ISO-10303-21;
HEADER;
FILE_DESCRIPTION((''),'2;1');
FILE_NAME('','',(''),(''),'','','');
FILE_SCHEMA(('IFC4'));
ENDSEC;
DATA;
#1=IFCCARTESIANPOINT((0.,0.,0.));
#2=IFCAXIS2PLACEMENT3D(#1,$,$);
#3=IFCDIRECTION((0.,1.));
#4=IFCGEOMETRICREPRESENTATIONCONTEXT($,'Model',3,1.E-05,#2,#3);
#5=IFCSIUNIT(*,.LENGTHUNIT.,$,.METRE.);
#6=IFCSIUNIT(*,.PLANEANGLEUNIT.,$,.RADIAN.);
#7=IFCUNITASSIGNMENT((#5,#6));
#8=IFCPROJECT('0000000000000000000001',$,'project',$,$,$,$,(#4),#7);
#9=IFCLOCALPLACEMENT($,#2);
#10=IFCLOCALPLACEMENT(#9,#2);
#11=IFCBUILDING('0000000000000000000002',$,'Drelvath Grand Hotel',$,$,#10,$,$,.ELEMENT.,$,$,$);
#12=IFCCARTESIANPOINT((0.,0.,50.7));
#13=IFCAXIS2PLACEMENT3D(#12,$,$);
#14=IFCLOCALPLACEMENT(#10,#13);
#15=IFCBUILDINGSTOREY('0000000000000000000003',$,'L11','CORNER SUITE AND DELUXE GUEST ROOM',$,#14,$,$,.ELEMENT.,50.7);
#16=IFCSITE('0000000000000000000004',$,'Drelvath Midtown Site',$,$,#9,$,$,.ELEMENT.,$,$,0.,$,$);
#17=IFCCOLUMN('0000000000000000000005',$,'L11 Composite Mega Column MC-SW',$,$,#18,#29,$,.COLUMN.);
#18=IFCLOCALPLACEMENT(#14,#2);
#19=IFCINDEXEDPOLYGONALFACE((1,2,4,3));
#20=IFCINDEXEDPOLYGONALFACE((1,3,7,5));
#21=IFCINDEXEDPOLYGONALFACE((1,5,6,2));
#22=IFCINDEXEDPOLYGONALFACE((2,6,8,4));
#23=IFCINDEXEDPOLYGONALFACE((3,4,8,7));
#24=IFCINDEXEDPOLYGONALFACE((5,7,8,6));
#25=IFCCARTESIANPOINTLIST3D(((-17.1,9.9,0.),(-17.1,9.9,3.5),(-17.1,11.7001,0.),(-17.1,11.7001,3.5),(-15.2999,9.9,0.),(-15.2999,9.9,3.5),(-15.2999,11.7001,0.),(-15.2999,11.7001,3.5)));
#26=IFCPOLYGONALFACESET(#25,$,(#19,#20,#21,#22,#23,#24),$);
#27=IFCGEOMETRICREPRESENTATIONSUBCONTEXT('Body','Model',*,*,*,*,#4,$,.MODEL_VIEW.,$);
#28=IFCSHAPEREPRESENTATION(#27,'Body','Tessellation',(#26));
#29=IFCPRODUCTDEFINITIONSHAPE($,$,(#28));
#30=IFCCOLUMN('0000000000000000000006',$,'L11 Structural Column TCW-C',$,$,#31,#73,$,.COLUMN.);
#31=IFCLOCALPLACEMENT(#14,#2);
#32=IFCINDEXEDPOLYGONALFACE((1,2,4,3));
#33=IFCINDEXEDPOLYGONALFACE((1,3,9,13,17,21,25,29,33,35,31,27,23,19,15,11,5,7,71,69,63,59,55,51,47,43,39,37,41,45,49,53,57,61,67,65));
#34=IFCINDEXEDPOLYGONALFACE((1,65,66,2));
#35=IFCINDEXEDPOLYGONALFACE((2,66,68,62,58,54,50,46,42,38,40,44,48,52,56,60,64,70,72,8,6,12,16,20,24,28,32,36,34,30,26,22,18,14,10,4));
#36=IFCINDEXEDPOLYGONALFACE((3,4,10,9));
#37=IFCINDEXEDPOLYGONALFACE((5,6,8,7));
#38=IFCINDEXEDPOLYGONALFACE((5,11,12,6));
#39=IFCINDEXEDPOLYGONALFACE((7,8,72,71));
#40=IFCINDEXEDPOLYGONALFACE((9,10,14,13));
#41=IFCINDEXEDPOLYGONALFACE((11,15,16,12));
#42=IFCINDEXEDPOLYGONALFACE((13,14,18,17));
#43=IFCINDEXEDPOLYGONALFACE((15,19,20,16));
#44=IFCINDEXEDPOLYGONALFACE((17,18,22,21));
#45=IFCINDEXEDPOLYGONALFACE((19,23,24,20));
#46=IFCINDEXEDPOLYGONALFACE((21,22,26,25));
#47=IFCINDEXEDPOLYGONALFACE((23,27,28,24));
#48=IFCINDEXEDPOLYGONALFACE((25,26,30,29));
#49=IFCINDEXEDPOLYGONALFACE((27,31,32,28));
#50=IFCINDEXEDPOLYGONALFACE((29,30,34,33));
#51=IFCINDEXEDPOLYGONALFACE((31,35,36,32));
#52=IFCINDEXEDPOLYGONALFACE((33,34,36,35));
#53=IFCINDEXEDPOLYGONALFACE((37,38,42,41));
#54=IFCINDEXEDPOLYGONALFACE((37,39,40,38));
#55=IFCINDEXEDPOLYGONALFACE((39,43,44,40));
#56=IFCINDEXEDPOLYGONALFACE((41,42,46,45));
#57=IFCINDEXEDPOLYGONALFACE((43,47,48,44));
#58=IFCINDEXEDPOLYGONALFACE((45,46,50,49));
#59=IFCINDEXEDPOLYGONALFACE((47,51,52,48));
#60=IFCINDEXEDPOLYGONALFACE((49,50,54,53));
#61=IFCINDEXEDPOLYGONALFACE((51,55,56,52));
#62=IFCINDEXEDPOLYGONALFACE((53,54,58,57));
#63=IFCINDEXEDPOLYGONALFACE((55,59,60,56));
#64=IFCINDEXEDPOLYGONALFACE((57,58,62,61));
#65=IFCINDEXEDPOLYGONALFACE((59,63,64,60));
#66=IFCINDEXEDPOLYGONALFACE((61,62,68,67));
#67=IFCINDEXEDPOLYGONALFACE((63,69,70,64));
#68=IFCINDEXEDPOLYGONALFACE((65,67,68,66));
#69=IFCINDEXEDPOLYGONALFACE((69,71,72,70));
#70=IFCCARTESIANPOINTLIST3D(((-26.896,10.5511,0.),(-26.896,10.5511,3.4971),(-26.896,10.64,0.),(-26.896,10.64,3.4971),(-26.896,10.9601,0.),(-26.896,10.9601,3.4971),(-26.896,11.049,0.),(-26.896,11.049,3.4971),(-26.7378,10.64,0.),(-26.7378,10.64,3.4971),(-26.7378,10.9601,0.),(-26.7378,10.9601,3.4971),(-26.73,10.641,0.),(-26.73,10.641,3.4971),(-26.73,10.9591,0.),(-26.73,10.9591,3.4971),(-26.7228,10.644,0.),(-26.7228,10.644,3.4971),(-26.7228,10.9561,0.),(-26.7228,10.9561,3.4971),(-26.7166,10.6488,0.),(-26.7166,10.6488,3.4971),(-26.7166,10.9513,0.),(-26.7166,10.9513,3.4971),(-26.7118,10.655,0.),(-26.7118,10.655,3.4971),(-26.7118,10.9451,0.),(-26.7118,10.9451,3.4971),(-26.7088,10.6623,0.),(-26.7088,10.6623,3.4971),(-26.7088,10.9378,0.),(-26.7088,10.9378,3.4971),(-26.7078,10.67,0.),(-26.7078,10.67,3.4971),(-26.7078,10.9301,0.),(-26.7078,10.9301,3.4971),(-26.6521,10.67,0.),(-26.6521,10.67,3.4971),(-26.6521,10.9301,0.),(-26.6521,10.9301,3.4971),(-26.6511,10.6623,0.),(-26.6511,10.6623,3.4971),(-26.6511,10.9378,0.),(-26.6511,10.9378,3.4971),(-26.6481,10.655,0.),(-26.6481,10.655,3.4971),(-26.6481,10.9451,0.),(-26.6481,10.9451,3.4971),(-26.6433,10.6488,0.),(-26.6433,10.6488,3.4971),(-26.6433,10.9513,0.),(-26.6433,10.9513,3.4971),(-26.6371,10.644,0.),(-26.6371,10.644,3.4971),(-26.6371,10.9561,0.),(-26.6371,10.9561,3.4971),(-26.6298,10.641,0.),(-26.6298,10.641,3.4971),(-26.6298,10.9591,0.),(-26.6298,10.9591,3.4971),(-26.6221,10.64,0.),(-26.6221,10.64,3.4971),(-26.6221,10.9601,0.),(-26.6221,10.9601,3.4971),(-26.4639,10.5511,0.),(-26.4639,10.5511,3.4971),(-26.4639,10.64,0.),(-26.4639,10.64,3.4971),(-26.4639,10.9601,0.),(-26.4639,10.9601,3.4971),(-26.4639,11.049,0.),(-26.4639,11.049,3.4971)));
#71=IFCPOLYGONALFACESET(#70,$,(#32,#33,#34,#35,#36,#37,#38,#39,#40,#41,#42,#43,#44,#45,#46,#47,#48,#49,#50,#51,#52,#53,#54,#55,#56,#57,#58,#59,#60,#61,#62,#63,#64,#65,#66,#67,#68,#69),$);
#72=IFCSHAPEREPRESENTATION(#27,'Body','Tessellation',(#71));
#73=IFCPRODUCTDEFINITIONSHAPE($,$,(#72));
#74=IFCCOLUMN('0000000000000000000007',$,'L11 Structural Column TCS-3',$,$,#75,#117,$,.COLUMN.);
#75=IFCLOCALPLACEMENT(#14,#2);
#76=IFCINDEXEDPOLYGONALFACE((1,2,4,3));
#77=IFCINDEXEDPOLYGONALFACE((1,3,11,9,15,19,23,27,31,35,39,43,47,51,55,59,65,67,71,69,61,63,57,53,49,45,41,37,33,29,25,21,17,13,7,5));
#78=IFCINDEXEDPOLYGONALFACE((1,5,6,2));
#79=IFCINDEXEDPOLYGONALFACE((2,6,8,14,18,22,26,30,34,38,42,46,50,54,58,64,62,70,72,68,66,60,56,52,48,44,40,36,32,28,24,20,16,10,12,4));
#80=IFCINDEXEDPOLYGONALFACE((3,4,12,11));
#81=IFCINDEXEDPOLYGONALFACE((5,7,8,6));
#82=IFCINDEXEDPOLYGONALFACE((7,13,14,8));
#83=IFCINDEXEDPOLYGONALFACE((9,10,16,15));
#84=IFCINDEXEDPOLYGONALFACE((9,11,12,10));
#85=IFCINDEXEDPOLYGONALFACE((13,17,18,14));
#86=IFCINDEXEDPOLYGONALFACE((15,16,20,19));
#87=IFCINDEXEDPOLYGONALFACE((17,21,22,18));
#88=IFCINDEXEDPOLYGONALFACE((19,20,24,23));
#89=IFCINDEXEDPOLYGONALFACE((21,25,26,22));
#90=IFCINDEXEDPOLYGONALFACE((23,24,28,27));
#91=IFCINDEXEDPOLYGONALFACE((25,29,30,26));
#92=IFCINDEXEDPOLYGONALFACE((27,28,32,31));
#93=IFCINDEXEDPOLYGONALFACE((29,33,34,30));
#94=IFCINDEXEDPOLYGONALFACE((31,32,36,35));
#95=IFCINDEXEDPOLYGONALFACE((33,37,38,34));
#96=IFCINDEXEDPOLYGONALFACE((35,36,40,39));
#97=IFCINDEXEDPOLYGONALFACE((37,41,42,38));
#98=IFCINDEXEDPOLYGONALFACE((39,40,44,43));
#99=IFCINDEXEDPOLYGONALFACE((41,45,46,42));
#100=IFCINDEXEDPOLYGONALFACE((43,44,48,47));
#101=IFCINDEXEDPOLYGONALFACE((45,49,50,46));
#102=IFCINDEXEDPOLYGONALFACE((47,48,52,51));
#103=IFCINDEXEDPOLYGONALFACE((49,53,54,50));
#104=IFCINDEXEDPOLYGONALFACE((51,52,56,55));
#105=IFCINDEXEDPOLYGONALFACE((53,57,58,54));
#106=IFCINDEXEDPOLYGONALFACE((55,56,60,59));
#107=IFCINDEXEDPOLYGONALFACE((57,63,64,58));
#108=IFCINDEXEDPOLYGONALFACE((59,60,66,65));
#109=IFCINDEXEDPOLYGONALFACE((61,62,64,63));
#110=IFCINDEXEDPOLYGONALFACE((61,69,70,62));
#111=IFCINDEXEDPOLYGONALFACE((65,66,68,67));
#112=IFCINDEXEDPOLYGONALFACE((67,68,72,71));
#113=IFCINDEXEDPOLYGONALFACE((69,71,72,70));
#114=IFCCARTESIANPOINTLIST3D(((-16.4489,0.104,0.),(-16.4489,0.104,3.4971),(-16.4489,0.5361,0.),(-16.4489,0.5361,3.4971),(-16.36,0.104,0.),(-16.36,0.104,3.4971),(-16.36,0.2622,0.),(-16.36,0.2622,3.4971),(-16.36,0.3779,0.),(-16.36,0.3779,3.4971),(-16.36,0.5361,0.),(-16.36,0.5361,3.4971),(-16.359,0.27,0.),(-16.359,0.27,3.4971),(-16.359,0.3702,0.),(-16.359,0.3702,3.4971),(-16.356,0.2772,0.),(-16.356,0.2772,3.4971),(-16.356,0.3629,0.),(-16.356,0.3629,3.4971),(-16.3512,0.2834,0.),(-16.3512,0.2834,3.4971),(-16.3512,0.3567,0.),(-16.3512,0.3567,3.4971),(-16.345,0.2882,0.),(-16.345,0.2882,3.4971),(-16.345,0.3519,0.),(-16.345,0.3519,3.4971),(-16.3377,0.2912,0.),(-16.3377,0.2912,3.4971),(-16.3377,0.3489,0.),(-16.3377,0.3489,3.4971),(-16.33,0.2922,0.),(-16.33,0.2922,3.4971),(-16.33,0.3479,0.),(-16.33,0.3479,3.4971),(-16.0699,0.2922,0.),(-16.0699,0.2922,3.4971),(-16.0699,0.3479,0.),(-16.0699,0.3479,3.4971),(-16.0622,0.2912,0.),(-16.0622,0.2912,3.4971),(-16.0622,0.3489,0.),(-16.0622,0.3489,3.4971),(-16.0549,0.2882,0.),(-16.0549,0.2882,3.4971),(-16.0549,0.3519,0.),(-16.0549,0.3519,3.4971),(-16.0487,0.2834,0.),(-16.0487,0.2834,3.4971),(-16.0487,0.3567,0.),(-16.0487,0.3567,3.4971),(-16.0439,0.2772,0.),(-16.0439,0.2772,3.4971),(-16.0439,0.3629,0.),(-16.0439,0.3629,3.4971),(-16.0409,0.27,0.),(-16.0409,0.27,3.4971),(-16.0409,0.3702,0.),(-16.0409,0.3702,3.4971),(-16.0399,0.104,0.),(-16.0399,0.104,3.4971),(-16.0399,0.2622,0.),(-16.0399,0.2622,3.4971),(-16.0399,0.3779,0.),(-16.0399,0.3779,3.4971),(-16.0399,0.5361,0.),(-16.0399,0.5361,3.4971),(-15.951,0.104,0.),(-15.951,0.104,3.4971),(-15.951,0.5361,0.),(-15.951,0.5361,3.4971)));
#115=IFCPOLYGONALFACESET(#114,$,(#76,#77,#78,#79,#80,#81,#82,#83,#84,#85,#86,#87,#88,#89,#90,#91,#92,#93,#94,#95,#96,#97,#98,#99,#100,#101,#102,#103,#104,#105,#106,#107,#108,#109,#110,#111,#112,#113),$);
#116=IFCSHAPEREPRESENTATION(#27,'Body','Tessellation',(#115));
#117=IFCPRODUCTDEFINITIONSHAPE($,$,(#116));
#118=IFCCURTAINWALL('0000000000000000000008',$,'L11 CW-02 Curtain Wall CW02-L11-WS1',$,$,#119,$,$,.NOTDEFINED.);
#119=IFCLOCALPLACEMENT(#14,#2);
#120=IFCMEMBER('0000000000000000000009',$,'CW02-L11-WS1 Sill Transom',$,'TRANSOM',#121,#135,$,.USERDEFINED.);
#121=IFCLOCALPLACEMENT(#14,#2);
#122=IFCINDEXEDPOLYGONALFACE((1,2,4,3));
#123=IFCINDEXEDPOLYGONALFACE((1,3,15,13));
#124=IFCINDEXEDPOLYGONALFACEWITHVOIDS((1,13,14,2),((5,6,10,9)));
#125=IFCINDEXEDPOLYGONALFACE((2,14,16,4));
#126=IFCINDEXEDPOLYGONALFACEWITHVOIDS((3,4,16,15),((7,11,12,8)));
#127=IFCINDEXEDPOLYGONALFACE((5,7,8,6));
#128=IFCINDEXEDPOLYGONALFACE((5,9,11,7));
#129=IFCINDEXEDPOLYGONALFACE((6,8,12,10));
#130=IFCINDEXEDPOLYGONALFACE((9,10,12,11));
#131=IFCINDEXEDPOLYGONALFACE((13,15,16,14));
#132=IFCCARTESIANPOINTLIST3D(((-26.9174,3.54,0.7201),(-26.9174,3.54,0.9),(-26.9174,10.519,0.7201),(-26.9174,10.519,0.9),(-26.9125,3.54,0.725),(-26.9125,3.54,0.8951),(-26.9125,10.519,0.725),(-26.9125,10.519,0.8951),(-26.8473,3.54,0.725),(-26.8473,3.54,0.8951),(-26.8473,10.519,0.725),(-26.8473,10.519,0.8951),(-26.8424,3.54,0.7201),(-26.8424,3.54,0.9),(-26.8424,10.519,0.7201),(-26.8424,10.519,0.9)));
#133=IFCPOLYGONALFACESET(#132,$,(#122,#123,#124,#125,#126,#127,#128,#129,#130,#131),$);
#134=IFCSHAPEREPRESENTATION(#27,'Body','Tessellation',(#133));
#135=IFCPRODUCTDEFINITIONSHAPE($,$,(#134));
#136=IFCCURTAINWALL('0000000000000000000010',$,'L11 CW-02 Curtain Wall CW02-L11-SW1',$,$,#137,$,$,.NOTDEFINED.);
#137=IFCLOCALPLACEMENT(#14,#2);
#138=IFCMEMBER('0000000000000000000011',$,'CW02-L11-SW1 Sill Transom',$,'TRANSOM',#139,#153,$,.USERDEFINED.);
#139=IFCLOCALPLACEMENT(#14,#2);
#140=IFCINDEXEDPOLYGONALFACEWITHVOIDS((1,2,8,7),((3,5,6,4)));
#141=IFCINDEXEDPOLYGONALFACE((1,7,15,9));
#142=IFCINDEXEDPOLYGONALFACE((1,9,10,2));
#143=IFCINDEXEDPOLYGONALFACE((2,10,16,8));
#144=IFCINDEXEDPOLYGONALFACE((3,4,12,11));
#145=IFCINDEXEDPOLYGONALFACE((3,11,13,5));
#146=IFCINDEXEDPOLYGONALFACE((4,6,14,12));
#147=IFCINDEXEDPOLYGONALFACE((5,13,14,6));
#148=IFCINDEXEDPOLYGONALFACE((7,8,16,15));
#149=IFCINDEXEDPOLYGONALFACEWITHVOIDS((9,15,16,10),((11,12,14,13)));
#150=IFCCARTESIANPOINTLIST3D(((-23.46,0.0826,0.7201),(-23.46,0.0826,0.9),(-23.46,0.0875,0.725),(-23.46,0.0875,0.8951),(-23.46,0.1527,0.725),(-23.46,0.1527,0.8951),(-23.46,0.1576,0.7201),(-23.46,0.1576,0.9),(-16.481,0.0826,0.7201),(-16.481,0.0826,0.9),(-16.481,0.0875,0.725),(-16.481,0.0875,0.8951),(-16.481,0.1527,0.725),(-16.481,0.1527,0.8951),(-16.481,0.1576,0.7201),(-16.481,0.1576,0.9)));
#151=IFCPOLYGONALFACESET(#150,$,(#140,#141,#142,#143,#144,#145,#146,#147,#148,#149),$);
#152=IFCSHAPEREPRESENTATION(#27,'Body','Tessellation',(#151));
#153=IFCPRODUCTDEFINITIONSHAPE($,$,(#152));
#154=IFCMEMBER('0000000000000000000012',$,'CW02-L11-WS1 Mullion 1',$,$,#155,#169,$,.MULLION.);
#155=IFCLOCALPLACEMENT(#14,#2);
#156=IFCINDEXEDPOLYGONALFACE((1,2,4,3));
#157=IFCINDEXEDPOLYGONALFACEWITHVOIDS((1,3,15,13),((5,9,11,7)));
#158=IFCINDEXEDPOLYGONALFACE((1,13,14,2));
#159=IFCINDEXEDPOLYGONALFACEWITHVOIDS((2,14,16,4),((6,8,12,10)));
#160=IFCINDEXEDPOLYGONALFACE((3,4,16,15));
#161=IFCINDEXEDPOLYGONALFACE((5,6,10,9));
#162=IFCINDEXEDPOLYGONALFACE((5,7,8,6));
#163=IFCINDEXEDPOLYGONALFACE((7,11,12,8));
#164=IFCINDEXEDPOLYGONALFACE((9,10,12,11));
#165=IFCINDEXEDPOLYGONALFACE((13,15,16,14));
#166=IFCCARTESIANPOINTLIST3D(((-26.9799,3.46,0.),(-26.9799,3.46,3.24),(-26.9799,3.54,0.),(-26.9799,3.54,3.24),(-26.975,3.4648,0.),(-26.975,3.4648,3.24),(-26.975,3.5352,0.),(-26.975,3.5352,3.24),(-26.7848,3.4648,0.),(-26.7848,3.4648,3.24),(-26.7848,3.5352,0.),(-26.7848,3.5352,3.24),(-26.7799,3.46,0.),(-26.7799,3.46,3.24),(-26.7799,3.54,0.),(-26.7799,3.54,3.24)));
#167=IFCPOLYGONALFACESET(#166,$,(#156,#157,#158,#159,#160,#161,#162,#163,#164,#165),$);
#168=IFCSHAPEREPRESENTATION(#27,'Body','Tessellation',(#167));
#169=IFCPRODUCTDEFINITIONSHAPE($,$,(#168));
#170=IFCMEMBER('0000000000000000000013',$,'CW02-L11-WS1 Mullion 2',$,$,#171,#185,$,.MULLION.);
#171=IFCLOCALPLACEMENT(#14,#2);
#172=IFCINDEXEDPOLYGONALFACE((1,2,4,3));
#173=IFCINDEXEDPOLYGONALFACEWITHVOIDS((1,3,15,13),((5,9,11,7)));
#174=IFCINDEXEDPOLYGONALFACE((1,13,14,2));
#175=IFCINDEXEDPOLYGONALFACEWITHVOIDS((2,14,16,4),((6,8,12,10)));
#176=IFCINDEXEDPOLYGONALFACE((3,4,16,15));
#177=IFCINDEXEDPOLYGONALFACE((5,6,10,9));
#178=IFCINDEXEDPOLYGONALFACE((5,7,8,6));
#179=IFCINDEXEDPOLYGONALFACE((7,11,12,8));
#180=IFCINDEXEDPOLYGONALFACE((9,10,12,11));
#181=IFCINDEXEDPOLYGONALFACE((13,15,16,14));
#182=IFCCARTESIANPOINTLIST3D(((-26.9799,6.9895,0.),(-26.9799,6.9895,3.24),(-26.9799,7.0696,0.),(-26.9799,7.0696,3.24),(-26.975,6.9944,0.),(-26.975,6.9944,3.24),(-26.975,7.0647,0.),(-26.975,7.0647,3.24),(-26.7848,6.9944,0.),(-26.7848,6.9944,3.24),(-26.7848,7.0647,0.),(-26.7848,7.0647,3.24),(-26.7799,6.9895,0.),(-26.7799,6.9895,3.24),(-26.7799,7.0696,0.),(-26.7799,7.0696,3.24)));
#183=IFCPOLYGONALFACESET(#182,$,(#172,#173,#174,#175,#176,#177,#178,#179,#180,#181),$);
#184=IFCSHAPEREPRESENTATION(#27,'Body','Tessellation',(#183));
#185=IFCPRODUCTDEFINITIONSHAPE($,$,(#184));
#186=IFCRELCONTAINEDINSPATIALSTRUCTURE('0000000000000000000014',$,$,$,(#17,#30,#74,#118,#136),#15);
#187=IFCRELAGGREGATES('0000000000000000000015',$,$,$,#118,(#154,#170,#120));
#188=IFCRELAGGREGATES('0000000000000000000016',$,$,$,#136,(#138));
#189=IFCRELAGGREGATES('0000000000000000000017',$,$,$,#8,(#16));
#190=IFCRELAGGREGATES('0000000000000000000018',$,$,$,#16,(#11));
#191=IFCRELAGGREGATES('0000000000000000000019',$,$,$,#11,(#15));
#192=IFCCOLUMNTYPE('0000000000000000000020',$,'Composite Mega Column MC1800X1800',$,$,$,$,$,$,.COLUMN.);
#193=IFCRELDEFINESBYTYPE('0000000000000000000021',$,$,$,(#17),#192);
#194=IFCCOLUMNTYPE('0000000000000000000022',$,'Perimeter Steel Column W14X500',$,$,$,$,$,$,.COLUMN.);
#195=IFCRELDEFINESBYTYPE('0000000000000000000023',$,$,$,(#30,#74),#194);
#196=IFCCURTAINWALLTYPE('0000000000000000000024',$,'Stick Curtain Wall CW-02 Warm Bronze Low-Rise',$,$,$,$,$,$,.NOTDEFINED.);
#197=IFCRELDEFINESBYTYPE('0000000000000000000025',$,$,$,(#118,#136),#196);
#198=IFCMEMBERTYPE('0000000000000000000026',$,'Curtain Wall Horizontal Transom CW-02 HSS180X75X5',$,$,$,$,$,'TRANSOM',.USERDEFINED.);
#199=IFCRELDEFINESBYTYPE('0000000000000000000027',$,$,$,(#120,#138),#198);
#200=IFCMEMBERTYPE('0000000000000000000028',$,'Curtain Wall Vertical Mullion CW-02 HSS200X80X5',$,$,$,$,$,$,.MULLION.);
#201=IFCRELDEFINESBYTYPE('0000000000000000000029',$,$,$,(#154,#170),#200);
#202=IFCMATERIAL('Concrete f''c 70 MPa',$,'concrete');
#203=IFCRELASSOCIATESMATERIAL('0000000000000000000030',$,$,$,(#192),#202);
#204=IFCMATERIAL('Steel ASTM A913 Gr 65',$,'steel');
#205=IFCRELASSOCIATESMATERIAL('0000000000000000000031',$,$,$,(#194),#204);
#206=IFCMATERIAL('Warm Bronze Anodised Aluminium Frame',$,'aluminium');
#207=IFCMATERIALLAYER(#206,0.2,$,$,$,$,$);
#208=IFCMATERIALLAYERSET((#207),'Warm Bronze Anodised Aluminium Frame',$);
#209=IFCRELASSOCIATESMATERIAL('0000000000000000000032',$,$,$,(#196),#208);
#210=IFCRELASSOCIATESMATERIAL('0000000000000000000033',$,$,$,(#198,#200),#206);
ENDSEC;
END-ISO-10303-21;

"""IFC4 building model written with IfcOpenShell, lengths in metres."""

from ifc_helpers import new_model, si_unit, direction, frame, origin, origin_2d, place, context, subcontext, project, spatial, rectangle, hollow_rectangle, i_section, extrude, material, layer, layer_set, material_profile, profile_set, type_object, element, aggregate, save


model = new_model("IFC4")

# Units and contexts
model_context = context("Model", 3, precision=1e-05, world=origin(), true_north=direction((0.0, 1.0)))
body_context = subcontext(model_context, "Body", "Model", "MODEL_VIEW")
ifc_project = project(units=[si_unit("LENGTHUNIT", "METRE"), si_unit("PLANEANGLEUNIT", "RADIAN")], contexts=[model_context])

# Site, building, storey
site_placement = place(None, origin())
site = spatial("IfcSite", under=ifc_project, at=site_placement, Name="Drelvath Midtown Site", CompositionType="ELEMENT", RefElevation=0.0)
building_placement = place(site_placement, origin())
building = spatial("IfcBuilding", under=site, at=building_placement, Name="Drelvath Grand Hotel", CompositionType="ELEMENT")
storey_placement = place(building_placement, frame((0.0, 0.0, 50.7)))
storey = spatial("IfcBuildingStorey", under=building, at=storey_placement, Name="L11", Description="CORNER SUITE AND DELUXE GUEST ROOM", CompositionType="ELEMENT", Elevation=50.7)

# Columns
ifc_material_1 = material(Name="Concrete f'c 70 MPa", Category="concrete")
ifc_material_profile_1 = material_profile(ifc_material_1, rectangle(XDim=1.8, YDim=1.8, at=origin_2d()), Name="MC1800X1800")
ifc_profile_set_1 = profile_set([ifc_material_profile_1], Name="Concrete f'c 70 MPa")
column_type_1 = type_object("IfcColumnType", Name="Composite Mega Column MC1800X1800", PredefinedType="COLUMN", material=ifc_profile_set_1)
column_placement = place(storey_placement, frame((-16.2, 10.8, 0.0), z_axis=(0.0, 0.0, 1.0), x_axis=(1.0, 0.0, 0.0)))
element("IfcColumn", 1, at=column_placement, inside=storey, type_object=column_type_1, Name="L11 Composite Mega Column MC-SW", PredefinedType="COLUMN", context=body_context, shape_type="SweptSolid", body=[
    extrude(rectangle(XDim=1.8, YDim=1.8, at=origin_2d()), origin(), (0.0, 0.0, 1.0), 3.5),
])
ifc_material_2 = material(Name="Steel ASTM A913 Gr 65", Category="steel")
ifc_material_profile_2 = material_profile(ifc_material_2, i_section(OverallWidth=0.4321, OverallDepth=0.4978, WebThickness=0.0557, FlangeThickness=0.0889, FilletRadius=0.03, at=origin_2d()), Name="W14X500")
ifc_profile_set_2 = profile_set([ifc_material_profile_2], Name="Steel ASTM A913 Gr 65")
column_type_2 = type_object("IfcColumnType", Name="Perimeter Steel Column W14X500", PredefinedType="COLUMN", material=ifc_profile_set_2)
for number, where, z_axis, x_axis, name in (
    (2, (-26.6799, 10.8, 0.0), (0.0, 0.0, 1.0), (1.0, 0.0, 0.0), "L11 Structural Column TCW-C"),
    (3, (-16.2, 0.3201, 0.0), (0.0, 0.0, 1.0), (0.0, 1.0, 0.0), "L11 Structural Column TCS-3"),
):
    element("IfcColumn", number, at=place(storey_placement, frame(where, z_axis=z_axis, x_axis=x_axis)), inside=storey, type_object=column_type_2, Name=name, PredefinedType="COLUMN", context=body_context, shape_type="SweptSolid", body=[
        extrude(i_section(OverallWidth=0.4321, OverallDepth=0.4978, WebThickness=0.0557, FlangeThickness=0.0889, FilletRadius=0.03, at=origin_2d()), origin(), (0.0, 0.0, 1.0), 3.4971),
    ])

# Curtain walls, members
ifc_material_3 = material(Name="Warm Bronze Anodised Aluminium Frame", Category="aluminium")
ifc_layer_1 = layer(ifc_material_3, 0.2)
ifc_layer_set_1 = layer_set([ifc_layer_1], Name="Warm Bronze Anodised Aluminium Frame")
curtain_wall_type = type_object("IfcCurtainWallType", Name="Stick Curtain Wall CW-02 Warm Bronze Low-Rise", PredefinedType="NOTDEFINED", material=ifc_layer_set_1)
curtain_wall_1_placement = place(storey_placement, origin())
curtain_wall_1 = element("IfcCurtainWall", 4, at=curtain_wall_1_placement, inside=storey, type_object=curtain_wall_type, Name="L11 CW-02 Curtain Wall CW02-L11-WS1", PredefinedType="NOTDEFINED")
ifc_material_profile_3 = material_profile(ifc_material_3, hollow_rectangle(XDim=0.075, YDim=0.1799, WallThickness=0.0049, at=origin_2d()), Name="HSS180X75X5")
ifc_profile_set_3 = profile_set([ifc_material_profile_3], Name="Warm Bronze Anodised Aluminium Frame")
member_type_1 = type_object("IfcMemberType", Name="Curtain Wall Horizontal Transom CW-02 HSS180X75X5", ElementType="TRANSOM", PredefinedType="USERDEFINED", material=ifc_profile_set_3)
member_1_placement = place(storey_placement, frame((-26.8799, 3.54, 0.8101), z_axis=(0.0, 1.0, 0.0), x_axis=(-1.0, 0.0, 0.0)))
member_1 = element("IfcMember", 5, at=member_1_placement, type_object=member_type_1, Name="CW02-L11-WS1 Sill Transom", ObjectType="TRANSOM", PredefinedType="USERDEFINED", context=body_context, shape_type="SweptSolid", body=[
    extrude(hollow_rectangle(XDim=0.075, YDim=0.1799, WallThickness=0.0049, at=origin_2d()), origin(), (0.0, 0.0, 1.0), 6.979),
])
curtain_wall_2_placement = place(storey_placement, origin())
curtain_wall_2 = element("IfcCurtainWall", 6, at=curtain_wall_2_placement, inside=storey, type_object=curtain_wall_type, Name="L11 CW-02 Curtain Wall CW02-L11-SW1", PredefinedType="NOTDEFINED")
member_2_placement = place(storey_placement, frame((-16.481, 0.1201, 0.8101), z_axis=(-1.0, 0.0, 0.0), x_axis=(0.0, -1.0, 0.0)))
member_2 = element("IfcMember", 7, at=member_2_placement, type_object=member_type_1, Name="CW02-L11-SW1 Sill Transom", ObjectType="TRANSOM", PredefinedType="USERDEFINED", context=body_context, shape_type="SweptSolid", body=[
    extrude(hollow_rectangle(XDim=0.075, YDim=0.1799, WallThickness=0.0049, at=origin_2d()), origin(), (0.0, 0.0, 1.0), 6.979),
])

# Members
ifc_material_profile_4 = material_profile(ifc_material_3, hollow_rectangle(XDim=0.0801, YDim=0.2, WallThickness=0.0049, at=origin_2d()), Name="HSS200X80X5")
ifc_profile_set_4 = profile_set([ifc_material_profile_4], Name="Warm Bronze Anodised Aluminium Frame")
member_type_2 = type_object("IfcMemberType", Name="Curtain Wall Vertical Mullion CW-02 HSS200X80X5", PredefinedType="MULLION", material=ifc_profile_set_4)
member_3_placement = place(storey_placement, frame((-26.8799, 3.5, 0.0), z_axis=(0.0, 0.0, 1.0), x_axis=(0.0, 1.0, 0.0)))
member_3 = element("IfcMember", 8, at=member_3_placement, type_object=member_type_2, Name="CW02-L11-WS1 Mullion 1", PredefinedType="MULLION", context=body_context, shape_type="SweptSolid", body=[
    extrude(hollow_rectangle(XDim=0.0801, YDim=0.2, WallThickness=0.0049, at=origin_2d()), origin(), (0.0, 0.0, 1.0), 3.24),
])
member_4_placement = place(storey_placement, frame((-26.8799, 7.0295, 0.0), z_axis=(0.0, 0.0, 1.0), x_axis=(0.0, 1.0, 0.0)))
member_4 = element("IfcMember", 9, at=member_4_placement, type_object=member_type_2, Name="CW02-L11-WS1 Mullion 2", PredefinedType="MULLION", context=body_context, shape_type="SweptSolid", body=[
    extrude(hollow_rectangle(XDim=0.0801, YDim=0.2, WallThickness=0.0049, at=origin_2d()), origin(), (0.0, 0.0, 1.0), 3.24),
])

aggregate(curtain_wall_1, [member_3, member_4, member_1])
aggregate(curtain_wall_2, [member_2])

save(model, "model.ifc")
